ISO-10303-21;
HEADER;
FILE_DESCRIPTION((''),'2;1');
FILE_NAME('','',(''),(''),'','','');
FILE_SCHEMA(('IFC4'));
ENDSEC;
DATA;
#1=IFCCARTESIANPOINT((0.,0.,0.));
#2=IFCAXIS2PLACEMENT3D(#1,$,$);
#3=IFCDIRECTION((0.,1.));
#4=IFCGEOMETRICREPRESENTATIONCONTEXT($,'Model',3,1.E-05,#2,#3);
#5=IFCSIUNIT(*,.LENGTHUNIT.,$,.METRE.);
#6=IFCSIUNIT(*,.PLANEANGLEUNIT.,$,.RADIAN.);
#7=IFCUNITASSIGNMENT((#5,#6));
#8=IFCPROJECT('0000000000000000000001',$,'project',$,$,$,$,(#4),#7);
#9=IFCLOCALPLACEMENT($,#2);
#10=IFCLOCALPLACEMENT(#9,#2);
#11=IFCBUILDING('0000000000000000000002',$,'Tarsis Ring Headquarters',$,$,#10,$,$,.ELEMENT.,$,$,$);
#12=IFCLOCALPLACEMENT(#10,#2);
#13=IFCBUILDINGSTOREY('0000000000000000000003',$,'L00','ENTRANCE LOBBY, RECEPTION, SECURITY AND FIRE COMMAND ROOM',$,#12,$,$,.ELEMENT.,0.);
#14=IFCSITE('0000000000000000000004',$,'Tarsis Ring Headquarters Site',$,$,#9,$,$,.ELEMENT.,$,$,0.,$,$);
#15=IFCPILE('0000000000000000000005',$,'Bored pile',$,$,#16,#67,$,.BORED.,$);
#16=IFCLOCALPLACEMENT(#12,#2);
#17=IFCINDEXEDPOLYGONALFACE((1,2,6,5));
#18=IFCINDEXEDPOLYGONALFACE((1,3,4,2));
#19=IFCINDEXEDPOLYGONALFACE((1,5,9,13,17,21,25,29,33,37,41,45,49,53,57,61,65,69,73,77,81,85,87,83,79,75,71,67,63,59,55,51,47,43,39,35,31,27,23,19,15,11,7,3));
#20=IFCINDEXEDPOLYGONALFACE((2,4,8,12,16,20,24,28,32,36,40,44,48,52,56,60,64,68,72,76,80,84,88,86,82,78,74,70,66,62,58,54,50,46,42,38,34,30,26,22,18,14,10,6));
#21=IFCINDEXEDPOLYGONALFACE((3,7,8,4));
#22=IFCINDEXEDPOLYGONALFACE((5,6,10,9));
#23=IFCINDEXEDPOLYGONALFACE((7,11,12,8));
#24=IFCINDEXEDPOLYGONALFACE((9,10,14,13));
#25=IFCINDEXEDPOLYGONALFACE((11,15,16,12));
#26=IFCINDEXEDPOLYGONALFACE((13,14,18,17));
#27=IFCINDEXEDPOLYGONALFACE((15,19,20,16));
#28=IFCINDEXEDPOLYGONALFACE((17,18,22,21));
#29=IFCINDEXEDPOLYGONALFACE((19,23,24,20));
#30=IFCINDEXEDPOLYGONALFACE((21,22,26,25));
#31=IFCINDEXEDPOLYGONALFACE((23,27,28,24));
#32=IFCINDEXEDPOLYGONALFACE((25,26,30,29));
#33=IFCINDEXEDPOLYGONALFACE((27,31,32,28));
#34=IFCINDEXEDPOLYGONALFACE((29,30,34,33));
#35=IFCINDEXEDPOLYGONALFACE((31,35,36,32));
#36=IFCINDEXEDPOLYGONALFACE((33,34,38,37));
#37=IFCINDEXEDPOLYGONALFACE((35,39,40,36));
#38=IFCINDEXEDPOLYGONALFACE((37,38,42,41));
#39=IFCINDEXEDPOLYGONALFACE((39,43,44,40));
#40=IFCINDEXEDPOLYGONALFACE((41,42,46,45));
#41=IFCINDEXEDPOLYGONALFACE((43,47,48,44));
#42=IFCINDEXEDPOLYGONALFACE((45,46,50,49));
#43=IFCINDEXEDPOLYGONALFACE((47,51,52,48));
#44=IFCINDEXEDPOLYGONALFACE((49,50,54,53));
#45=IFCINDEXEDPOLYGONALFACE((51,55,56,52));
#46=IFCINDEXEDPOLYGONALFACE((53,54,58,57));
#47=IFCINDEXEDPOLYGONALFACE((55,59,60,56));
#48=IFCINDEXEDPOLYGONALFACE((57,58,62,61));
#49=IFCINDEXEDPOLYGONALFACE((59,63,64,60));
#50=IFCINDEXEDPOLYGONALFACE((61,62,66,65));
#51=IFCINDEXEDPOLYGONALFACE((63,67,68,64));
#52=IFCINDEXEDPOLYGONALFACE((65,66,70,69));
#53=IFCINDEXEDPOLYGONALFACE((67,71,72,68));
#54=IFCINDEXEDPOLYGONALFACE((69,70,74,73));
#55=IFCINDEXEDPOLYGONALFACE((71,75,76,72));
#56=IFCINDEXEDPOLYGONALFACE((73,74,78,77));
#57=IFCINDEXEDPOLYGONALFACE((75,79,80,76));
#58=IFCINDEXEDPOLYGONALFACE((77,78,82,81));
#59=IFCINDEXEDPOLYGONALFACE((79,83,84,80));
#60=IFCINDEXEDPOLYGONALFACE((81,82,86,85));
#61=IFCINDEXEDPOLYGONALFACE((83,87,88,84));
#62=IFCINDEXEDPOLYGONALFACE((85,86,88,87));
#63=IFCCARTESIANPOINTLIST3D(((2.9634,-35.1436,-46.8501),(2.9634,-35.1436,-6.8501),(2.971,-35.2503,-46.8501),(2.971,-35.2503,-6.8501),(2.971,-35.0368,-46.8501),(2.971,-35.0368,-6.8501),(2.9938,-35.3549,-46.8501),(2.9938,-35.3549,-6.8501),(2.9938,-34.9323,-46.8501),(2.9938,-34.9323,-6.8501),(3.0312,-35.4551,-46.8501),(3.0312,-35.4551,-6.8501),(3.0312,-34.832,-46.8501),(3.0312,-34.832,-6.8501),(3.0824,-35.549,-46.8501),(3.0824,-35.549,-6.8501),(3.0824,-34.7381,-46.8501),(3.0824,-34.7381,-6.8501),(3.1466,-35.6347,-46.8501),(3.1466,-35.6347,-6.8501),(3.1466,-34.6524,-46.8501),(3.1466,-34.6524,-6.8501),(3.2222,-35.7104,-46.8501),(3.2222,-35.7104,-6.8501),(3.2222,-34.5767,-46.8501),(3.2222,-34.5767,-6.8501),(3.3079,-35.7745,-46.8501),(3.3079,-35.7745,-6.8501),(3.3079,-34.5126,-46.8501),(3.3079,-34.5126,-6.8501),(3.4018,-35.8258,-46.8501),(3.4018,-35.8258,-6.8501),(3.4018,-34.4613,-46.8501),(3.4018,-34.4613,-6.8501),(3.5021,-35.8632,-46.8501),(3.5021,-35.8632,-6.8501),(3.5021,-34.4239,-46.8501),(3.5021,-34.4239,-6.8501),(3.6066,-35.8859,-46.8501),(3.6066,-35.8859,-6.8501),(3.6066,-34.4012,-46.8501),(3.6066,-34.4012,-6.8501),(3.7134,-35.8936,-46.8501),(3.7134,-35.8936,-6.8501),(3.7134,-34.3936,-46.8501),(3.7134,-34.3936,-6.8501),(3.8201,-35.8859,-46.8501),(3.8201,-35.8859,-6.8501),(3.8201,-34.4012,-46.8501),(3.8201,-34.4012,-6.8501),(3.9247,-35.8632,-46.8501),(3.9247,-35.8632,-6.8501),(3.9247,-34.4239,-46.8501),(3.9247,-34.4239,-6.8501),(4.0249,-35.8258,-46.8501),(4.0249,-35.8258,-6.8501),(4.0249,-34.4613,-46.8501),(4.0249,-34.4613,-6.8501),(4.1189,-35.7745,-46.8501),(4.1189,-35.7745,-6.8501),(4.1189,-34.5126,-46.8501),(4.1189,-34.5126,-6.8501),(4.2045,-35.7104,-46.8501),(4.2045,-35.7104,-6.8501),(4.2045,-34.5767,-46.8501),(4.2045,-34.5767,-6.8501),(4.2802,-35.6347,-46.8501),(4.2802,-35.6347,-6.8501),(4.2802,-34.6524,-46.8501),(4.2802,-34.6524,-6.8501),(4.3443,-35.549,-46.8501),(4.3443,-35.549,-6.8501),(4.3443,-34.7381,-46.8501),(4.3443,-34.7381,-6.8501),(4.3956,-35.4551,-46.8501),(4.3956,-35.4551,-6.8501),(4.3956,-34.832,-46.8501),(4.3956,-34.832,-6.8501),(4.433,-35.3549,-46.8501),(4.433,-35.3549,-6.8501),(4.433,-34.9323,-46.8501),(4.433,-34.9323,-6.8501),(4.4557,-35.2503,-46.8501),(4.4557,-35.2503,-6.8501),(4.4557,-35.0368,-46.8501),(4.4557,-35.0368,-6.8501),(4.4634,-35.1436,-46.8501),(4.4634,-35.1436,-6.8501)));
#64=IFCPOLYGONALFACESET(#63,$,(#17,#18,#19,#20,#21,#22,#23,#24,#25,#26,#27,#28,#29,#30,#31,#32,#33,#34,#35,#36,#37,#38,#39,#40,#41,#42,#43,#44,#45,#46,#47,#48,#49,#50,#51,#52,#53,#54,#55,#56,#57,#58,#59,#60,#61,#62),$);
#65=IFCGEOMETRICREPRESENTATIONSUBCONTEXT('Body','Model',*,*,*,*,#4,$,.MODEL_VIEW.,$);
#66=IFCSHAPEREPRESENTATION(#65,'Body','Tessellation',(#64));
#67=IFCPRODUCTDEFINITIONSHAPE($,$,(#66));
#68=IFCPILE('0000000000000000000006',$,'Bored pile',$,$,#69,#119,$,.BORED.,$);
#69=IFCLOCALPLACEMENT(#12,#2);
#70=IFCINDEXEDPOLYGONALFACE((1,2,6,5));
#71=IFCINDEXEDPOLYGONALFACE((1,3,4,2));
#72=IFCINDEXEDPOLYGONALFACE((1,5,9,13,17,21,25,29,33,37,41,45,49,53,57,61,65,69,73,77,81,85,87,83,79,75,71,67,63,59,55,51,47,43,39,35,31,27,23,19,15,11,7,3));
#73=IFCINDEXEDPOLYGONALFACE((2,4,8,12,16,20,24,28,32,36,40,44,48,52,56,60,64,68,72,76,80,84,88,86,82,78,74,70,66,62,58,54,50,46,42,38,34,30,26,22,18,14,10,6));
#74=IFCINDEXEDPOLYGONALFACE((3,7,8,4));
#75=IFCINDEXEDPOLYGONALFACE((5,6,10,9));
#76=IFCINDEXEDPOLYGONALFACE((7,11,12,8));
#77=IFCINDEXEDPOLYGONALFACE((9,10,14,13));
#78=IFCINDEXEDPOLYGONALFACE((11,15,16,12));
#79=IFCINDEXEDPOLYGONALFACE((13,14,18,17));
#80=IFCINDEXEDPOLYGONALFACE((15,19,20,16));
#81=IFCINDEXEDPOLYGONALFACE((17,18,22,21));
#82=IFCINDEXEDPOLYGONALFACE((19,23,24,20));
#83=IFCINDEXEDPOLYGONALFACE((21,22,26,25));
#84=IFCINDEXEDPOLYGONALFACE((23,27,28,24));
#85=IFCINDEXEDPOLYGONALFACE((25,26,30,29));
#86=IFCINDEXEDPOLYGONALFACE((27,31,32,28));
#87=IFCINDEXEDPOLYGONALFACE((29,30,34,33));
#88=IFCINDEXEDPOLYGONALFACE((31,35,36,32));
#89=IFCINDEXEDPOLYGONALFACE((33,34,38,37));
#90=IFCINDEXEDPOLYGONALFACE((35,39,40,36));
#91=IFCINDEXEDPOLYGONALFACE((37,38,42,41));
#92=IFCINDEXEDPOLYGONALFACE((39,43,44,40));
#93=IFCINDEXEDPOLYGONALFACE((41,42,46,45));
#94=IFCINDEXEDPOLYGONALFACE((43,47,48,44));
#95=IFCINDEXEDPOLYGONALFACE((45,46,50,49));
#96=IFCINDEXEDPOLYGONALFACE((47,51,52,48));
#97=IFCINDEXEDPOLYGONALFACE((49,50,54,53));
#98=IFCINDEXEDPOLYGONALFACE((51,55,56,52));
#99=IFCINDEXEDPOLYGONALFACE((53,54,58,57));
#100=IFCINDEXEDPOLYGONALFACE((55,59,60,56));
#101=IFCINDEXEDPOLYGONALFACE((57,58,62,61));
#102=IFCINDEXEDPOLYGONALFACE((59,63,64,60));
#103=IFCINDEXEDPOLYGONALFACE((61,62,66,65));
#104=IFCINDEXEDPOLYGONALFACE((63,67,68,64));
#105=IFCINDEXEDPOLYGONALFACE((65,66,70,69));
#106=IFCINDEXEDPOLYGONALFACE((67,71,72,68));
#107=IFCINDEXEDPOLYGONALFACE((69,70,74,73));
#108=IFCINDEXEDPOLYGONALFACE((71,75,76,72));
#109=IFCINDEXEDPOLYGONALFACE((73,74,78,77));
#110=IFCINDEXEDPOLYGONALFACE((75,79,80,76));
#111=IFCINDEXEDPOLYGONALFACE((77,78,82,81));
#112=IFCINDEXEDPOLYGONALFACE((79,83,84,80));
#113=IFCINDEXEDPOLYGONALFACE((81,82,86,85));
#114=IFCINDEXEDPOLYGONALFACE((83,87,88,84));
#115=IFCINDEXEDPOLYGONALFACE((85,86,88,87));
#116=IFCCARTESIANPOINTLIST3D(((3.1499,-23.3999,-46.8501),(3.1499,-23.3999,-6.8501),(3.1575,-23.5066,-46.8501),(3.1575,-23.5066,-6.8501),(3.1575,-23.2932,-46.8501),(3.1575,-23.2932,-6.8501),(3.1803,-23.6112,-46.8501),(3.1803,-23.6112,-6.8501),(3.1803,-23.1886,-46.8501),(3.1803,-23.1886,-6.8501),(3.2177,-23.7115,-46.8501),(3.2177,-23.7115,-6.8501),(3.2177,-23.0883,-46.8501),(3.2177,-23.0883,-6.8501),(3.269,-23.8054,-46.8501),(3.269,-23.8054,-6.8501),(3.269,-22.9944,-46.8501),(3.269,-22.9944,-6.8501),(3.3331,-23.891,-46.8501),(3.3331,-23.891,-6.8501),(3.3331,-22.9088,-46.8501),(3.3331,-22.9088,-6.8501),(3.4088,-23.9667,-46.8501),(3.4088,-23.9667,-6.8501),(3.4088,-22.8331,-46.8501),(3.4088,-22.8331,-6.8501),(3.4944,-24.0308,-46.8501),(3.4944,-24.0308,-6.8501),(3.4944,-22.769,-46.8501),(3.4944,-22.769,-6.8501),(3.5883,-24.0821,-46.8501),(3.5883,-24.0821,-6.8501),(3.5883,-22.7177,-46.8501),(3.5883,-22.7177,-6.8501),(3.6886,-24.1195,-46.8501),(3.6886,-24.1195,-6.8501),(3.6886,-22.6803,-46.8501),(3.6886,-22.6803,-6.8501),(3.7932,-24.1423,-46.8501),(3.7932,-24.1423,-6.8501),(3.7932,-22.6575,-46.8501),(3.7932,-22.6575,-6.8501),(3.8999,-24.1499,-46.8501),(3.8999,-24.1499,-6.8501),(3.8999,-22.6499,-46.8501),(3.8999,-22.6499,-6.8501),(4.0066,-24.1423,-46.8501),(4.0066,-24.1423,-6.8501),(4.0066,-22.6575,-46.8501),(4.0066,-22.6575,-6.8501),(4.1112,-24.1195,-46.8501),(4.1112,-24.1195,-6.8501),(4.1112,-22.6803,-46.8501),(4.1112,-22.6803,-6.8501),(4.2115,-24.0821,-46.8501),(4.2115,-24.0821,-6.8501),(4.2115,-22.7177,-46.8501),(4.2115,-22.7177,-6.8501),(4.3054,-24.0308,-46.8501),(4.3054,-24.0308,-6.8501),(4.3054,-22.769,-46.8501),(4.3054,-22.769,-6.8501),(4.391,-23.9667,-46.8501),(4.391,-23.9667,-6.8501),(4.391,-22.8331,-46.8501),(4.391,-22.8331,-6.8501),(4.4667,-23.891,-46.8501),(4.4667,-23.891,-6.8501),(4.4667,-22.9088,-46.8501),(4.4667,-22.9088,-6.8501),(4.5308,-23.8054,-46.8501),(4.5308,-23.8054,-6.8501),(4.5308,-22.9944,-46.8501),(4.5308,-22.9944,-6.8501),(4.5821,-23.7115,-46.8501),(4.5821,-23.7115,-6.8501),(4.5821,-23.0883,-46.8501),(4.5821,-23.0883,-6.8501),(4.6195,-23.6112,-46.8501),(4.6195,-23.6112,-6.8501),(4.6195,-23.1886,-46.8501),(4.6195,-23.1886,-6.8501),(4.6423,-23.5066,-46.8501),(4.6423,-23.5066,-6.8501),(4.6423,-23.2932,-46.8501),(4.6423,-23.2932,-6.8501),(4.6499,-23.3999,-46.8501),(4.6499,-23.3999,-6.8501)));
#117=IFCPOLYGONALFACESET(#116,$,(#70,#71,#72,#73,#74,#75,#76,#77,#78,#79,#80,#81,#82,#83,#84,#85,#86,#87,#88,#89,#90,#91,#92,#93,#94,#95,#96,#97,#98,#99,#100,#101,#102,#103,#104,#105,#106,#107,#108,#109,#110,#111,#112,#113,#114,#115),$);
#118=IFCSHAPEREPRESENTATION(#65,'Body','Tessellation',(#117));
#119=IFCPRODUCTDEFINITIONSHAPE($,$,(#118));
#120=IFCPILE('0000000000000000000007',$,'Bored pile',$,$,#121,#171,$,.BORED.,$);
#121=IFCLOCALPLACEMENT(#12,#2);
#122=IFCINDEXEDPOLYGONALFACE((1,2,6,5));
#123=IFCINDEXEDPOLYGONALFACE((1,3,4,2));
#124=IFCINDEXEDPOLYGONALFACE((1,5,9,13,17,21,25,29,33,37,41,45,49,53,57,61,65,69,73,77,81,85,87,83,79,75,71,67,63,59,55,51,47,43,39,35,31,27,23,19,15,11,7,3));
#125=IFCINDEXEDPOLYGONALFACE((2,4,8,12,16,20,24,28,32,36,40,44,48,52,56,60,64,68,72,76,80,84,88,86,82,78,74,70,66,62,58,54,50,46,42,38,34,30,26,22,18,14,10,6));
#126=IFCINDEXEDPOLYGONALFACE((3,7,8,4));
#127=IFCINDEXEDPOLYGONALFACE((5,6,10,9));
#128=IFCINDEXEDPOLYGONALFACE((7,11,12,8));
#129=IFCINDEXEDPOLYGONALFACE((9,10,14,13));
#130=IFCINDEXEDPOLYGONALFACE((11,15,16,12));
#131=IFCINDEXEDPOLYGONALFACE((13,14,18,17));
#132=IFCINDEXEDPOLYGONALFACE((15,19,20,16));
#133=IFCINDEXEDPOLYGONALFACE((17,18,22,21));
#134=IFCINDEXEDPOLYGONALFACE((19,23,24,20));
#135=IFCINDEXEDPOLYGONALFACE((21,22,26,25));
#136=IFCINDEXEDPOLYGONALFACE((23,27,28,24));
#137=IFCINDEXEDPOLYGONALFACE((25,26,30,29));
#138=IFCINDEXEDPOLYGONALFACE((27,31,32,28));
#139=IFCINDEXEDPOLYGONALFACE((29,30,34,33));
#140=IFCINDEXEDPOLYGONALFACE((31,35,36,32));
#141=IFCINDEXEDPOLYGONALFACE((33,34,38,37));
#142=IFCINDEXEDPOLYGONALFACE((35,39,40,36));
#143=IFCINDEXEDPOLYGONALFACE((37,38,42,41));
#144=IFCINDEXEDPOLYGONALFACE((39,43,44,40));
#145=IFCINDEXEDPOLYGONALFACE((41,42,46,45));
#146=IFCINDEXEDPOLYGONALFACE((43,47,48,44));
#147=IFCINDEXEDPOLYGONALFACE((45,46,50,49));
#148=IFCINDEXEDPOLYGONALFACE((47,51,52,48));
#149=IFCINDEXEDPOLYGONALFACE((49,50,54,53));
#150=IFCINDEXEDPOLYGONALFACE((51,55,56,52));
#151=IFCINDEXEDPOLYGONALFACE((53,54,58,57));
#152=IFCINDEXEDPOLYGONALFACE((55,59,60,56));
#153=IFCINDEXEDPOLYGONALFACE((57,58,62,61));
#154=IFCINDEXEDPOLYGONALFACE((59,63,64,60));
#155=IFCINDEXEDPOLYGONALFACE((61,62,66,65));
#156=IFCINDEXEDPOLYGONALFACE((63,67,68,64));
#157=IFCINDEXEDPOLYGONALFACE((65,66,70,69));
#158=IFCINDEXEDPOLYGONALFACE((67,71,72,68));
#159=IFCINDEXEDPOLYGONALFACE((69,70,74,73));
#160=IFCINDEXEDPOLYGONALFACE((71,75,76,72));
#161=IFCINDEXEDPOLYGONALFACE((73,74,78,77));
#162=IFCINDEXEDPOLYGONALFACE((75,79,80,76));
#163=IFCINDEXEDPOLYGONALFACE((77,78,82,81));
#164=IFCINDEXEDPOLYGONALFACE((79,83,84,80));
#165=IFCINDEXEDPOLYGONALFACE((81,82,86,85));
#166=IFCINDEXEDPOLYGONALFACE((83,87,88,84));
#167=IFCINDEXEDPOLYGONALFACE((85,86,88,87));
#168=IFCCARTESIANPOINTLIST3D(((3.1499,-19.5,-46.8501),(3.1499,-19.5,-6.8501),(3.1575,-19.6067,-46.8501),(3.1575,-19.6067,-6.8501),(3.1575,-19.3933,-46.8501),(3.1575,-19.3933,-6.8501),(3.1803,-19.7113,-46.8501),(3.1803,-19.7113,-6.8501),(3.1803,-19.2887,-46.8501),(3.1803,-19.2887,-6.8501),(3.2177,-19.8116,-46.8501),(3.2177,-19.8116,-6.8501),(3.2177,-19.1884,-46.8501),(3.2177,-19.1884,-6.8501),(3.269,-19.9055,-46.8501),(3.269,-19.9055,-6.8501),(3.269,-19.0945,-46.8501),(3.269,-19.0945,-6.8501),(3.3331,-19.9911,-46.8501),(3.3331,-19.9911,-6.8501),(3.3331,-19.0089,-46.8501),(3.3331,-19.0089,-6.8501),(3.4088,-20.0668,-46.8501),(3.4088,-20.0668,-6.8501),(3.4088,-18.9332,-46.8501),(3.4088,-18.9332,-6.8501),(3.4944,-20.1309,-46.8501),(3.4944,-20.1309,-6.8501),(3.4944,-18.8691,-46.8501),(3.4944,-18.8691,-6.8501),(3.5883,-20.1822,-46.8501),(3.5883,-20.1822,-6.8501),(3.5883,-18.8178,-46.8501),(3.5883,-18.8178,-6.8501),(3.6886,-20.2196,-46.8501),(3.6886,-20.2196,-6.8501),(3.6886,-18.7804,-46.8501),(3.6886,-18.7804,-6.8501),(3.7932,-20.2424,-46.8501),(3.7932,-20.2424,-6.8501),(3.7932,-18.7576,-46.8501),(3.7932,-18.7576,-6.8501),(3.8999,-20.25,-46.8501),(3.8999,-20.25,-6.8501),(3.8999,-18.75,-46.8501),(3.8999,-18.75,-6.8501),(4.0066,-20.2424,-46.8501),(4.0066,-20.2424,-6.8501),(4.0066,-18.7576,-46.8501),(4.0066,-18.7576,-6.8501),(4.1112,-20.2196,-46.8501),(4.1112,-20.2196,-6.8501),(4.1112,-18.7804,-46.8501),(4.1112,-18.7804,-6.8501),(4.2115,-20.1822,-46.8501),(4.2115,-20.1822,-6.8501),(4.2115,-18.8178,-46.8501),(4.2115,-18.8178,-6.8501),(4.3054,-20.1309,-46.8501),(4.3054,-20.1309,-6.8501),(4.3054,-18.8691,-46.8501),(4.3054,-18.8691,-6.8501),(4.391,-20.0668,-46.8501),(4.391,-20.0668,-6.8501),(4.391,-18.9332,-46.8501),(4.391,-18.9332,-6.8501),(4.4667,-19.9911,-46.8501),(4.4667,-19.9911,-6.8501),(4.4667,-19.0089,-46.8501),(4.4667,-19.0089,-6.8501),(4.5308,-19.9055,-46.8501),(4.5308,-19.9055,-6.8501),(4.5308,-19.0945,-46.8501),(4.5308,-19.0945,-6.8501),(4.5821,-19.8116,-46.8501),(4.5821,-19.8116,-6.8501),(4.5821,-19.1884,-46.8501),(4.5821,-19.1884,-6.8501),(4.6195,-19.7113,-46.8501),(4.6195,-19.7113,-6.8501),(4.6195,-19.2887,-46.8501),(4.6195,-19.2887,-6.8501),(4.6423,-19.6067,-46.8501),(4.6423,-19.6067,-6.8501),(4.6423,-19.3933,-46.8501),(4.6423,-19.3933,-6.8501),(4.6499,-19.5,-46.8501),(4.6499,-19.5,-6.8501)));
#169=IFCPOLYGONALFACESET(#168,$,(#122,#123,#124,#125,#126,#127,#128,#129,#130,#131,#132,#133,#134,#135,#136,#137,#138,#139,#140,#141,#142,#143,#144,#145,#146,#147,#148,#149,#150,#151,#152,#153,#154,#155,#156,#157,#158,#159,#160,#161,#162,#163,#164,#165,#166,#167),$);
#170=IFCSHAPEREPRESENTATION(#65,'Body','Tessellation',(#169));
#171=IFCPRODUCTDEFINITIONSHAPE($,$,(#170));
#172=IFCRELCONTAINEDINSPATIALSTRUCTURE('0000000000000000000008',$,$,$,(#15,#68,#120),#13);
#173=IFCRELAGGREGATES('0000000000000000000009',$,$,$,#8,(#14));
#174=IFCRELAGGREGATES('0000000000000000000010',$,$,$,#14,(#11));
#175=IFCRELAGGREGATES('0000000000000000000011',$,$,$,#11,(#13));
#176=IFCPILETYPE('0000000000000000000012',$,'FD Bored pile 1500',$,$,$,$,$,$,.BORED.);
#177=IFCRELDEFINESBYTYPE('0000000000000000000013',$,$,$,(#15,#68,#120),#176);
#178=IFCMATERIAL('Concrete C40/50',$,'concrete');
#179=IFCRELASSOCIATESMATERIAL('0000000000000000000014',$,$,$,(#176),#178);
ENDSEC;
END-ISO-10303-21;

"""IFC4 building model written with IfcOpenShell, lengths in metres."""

from ifc_helpers import new_model, si_unit, direction, frame, origin, origin_2d, place, context, subcontext, project, spatial, circle, extrude, material, material_profile, profile_set, type_object, element, save


model = new_model("IFC4")

# Units and contexts
model_context = context("Model", 3, precision=1e-05, world=origin(), true_north=direction((0.0, 1.0)))
body_context = subcontext(model_context, "Body", "Model", "MODEL_VIEW")
ifc_project = project(units=[si_unit("LENGTHUNIT", "METRE"), si_unit("PLANEANGLEUNIT", "RADIAN")], contexts=[model_context])

# Site, building, storey
site_placement = place(None, origin())
site = spatial("IfcSite", under=ifc_project, at=site_placement, Name="Tarsis Ring Headquarters Site", CompositionType="ELEMENT", RefElevation=0.0)
building_placement = place(site_placement, origin())
building = spatial("IfcBuilding", under=site, at=building_placement, Name="Tarsis Ring Headquarters", CompositionType="ELEMENT")
storey_placement = place(building_placement, origin())
storey = spatial("IfcBuildingStorey", under=building, at=storey_placement, Name="L00", Description="ENTRANCE LOBBY, RECEPTION, SECURITY AND FIRE COMMAND ROOM", CompositionType="ELEMENT", Elevation=0.0)

# Piles
ifc_material_1 = material(Name="Concrete C40/50", Category="concrete")
ifc_material_profile_1 = material_profile(ifc_material_1, circle(Radius=0.75, at=origin_2d()), Name="BORED 1500")
ifc_profile_set_1 = profile_set([ifc_material_profile_1], Name="Concrete C40/50")
pile_type = type_object("IfcPileType", Name="FD Bored pile 1500", PredefinedType="BORED", material=ifc_profile_set_1)
for number, where, z_axis, x_axis, name in (
    (1, (3.7134, -35.1436, -6.8501), (0.0, 0.0, -1.0), (1.0, 0.0, 0.0), "Bored pile"),
    (2, (3.8999, -23.3999, -6.8501), (0.0, 0.0, -1.0), (1.0, 0.0, 0.0), "Bored pile"),
    (3, (3.8999, -19.5, -6.8501), (0.0, 0.0, -1.0), (1.0, 0.0, 0.0), "Bored pile"),
):
    element("IfcPile", number, at=place(storey_placement, frame(where, z_axis=z_axis, x_axis=x_axis)), inside=storey, type_object=pile_type, Name=name, PredefinedType="BORED", context=body_context, shape_type="SweptSolid", body=[
        extrude(circle(Radius=0.75, at=origin_2d()), origin(), (0.0, 0.0, 1.0), 40.0),
    ])

save(model, "model.ifc")
